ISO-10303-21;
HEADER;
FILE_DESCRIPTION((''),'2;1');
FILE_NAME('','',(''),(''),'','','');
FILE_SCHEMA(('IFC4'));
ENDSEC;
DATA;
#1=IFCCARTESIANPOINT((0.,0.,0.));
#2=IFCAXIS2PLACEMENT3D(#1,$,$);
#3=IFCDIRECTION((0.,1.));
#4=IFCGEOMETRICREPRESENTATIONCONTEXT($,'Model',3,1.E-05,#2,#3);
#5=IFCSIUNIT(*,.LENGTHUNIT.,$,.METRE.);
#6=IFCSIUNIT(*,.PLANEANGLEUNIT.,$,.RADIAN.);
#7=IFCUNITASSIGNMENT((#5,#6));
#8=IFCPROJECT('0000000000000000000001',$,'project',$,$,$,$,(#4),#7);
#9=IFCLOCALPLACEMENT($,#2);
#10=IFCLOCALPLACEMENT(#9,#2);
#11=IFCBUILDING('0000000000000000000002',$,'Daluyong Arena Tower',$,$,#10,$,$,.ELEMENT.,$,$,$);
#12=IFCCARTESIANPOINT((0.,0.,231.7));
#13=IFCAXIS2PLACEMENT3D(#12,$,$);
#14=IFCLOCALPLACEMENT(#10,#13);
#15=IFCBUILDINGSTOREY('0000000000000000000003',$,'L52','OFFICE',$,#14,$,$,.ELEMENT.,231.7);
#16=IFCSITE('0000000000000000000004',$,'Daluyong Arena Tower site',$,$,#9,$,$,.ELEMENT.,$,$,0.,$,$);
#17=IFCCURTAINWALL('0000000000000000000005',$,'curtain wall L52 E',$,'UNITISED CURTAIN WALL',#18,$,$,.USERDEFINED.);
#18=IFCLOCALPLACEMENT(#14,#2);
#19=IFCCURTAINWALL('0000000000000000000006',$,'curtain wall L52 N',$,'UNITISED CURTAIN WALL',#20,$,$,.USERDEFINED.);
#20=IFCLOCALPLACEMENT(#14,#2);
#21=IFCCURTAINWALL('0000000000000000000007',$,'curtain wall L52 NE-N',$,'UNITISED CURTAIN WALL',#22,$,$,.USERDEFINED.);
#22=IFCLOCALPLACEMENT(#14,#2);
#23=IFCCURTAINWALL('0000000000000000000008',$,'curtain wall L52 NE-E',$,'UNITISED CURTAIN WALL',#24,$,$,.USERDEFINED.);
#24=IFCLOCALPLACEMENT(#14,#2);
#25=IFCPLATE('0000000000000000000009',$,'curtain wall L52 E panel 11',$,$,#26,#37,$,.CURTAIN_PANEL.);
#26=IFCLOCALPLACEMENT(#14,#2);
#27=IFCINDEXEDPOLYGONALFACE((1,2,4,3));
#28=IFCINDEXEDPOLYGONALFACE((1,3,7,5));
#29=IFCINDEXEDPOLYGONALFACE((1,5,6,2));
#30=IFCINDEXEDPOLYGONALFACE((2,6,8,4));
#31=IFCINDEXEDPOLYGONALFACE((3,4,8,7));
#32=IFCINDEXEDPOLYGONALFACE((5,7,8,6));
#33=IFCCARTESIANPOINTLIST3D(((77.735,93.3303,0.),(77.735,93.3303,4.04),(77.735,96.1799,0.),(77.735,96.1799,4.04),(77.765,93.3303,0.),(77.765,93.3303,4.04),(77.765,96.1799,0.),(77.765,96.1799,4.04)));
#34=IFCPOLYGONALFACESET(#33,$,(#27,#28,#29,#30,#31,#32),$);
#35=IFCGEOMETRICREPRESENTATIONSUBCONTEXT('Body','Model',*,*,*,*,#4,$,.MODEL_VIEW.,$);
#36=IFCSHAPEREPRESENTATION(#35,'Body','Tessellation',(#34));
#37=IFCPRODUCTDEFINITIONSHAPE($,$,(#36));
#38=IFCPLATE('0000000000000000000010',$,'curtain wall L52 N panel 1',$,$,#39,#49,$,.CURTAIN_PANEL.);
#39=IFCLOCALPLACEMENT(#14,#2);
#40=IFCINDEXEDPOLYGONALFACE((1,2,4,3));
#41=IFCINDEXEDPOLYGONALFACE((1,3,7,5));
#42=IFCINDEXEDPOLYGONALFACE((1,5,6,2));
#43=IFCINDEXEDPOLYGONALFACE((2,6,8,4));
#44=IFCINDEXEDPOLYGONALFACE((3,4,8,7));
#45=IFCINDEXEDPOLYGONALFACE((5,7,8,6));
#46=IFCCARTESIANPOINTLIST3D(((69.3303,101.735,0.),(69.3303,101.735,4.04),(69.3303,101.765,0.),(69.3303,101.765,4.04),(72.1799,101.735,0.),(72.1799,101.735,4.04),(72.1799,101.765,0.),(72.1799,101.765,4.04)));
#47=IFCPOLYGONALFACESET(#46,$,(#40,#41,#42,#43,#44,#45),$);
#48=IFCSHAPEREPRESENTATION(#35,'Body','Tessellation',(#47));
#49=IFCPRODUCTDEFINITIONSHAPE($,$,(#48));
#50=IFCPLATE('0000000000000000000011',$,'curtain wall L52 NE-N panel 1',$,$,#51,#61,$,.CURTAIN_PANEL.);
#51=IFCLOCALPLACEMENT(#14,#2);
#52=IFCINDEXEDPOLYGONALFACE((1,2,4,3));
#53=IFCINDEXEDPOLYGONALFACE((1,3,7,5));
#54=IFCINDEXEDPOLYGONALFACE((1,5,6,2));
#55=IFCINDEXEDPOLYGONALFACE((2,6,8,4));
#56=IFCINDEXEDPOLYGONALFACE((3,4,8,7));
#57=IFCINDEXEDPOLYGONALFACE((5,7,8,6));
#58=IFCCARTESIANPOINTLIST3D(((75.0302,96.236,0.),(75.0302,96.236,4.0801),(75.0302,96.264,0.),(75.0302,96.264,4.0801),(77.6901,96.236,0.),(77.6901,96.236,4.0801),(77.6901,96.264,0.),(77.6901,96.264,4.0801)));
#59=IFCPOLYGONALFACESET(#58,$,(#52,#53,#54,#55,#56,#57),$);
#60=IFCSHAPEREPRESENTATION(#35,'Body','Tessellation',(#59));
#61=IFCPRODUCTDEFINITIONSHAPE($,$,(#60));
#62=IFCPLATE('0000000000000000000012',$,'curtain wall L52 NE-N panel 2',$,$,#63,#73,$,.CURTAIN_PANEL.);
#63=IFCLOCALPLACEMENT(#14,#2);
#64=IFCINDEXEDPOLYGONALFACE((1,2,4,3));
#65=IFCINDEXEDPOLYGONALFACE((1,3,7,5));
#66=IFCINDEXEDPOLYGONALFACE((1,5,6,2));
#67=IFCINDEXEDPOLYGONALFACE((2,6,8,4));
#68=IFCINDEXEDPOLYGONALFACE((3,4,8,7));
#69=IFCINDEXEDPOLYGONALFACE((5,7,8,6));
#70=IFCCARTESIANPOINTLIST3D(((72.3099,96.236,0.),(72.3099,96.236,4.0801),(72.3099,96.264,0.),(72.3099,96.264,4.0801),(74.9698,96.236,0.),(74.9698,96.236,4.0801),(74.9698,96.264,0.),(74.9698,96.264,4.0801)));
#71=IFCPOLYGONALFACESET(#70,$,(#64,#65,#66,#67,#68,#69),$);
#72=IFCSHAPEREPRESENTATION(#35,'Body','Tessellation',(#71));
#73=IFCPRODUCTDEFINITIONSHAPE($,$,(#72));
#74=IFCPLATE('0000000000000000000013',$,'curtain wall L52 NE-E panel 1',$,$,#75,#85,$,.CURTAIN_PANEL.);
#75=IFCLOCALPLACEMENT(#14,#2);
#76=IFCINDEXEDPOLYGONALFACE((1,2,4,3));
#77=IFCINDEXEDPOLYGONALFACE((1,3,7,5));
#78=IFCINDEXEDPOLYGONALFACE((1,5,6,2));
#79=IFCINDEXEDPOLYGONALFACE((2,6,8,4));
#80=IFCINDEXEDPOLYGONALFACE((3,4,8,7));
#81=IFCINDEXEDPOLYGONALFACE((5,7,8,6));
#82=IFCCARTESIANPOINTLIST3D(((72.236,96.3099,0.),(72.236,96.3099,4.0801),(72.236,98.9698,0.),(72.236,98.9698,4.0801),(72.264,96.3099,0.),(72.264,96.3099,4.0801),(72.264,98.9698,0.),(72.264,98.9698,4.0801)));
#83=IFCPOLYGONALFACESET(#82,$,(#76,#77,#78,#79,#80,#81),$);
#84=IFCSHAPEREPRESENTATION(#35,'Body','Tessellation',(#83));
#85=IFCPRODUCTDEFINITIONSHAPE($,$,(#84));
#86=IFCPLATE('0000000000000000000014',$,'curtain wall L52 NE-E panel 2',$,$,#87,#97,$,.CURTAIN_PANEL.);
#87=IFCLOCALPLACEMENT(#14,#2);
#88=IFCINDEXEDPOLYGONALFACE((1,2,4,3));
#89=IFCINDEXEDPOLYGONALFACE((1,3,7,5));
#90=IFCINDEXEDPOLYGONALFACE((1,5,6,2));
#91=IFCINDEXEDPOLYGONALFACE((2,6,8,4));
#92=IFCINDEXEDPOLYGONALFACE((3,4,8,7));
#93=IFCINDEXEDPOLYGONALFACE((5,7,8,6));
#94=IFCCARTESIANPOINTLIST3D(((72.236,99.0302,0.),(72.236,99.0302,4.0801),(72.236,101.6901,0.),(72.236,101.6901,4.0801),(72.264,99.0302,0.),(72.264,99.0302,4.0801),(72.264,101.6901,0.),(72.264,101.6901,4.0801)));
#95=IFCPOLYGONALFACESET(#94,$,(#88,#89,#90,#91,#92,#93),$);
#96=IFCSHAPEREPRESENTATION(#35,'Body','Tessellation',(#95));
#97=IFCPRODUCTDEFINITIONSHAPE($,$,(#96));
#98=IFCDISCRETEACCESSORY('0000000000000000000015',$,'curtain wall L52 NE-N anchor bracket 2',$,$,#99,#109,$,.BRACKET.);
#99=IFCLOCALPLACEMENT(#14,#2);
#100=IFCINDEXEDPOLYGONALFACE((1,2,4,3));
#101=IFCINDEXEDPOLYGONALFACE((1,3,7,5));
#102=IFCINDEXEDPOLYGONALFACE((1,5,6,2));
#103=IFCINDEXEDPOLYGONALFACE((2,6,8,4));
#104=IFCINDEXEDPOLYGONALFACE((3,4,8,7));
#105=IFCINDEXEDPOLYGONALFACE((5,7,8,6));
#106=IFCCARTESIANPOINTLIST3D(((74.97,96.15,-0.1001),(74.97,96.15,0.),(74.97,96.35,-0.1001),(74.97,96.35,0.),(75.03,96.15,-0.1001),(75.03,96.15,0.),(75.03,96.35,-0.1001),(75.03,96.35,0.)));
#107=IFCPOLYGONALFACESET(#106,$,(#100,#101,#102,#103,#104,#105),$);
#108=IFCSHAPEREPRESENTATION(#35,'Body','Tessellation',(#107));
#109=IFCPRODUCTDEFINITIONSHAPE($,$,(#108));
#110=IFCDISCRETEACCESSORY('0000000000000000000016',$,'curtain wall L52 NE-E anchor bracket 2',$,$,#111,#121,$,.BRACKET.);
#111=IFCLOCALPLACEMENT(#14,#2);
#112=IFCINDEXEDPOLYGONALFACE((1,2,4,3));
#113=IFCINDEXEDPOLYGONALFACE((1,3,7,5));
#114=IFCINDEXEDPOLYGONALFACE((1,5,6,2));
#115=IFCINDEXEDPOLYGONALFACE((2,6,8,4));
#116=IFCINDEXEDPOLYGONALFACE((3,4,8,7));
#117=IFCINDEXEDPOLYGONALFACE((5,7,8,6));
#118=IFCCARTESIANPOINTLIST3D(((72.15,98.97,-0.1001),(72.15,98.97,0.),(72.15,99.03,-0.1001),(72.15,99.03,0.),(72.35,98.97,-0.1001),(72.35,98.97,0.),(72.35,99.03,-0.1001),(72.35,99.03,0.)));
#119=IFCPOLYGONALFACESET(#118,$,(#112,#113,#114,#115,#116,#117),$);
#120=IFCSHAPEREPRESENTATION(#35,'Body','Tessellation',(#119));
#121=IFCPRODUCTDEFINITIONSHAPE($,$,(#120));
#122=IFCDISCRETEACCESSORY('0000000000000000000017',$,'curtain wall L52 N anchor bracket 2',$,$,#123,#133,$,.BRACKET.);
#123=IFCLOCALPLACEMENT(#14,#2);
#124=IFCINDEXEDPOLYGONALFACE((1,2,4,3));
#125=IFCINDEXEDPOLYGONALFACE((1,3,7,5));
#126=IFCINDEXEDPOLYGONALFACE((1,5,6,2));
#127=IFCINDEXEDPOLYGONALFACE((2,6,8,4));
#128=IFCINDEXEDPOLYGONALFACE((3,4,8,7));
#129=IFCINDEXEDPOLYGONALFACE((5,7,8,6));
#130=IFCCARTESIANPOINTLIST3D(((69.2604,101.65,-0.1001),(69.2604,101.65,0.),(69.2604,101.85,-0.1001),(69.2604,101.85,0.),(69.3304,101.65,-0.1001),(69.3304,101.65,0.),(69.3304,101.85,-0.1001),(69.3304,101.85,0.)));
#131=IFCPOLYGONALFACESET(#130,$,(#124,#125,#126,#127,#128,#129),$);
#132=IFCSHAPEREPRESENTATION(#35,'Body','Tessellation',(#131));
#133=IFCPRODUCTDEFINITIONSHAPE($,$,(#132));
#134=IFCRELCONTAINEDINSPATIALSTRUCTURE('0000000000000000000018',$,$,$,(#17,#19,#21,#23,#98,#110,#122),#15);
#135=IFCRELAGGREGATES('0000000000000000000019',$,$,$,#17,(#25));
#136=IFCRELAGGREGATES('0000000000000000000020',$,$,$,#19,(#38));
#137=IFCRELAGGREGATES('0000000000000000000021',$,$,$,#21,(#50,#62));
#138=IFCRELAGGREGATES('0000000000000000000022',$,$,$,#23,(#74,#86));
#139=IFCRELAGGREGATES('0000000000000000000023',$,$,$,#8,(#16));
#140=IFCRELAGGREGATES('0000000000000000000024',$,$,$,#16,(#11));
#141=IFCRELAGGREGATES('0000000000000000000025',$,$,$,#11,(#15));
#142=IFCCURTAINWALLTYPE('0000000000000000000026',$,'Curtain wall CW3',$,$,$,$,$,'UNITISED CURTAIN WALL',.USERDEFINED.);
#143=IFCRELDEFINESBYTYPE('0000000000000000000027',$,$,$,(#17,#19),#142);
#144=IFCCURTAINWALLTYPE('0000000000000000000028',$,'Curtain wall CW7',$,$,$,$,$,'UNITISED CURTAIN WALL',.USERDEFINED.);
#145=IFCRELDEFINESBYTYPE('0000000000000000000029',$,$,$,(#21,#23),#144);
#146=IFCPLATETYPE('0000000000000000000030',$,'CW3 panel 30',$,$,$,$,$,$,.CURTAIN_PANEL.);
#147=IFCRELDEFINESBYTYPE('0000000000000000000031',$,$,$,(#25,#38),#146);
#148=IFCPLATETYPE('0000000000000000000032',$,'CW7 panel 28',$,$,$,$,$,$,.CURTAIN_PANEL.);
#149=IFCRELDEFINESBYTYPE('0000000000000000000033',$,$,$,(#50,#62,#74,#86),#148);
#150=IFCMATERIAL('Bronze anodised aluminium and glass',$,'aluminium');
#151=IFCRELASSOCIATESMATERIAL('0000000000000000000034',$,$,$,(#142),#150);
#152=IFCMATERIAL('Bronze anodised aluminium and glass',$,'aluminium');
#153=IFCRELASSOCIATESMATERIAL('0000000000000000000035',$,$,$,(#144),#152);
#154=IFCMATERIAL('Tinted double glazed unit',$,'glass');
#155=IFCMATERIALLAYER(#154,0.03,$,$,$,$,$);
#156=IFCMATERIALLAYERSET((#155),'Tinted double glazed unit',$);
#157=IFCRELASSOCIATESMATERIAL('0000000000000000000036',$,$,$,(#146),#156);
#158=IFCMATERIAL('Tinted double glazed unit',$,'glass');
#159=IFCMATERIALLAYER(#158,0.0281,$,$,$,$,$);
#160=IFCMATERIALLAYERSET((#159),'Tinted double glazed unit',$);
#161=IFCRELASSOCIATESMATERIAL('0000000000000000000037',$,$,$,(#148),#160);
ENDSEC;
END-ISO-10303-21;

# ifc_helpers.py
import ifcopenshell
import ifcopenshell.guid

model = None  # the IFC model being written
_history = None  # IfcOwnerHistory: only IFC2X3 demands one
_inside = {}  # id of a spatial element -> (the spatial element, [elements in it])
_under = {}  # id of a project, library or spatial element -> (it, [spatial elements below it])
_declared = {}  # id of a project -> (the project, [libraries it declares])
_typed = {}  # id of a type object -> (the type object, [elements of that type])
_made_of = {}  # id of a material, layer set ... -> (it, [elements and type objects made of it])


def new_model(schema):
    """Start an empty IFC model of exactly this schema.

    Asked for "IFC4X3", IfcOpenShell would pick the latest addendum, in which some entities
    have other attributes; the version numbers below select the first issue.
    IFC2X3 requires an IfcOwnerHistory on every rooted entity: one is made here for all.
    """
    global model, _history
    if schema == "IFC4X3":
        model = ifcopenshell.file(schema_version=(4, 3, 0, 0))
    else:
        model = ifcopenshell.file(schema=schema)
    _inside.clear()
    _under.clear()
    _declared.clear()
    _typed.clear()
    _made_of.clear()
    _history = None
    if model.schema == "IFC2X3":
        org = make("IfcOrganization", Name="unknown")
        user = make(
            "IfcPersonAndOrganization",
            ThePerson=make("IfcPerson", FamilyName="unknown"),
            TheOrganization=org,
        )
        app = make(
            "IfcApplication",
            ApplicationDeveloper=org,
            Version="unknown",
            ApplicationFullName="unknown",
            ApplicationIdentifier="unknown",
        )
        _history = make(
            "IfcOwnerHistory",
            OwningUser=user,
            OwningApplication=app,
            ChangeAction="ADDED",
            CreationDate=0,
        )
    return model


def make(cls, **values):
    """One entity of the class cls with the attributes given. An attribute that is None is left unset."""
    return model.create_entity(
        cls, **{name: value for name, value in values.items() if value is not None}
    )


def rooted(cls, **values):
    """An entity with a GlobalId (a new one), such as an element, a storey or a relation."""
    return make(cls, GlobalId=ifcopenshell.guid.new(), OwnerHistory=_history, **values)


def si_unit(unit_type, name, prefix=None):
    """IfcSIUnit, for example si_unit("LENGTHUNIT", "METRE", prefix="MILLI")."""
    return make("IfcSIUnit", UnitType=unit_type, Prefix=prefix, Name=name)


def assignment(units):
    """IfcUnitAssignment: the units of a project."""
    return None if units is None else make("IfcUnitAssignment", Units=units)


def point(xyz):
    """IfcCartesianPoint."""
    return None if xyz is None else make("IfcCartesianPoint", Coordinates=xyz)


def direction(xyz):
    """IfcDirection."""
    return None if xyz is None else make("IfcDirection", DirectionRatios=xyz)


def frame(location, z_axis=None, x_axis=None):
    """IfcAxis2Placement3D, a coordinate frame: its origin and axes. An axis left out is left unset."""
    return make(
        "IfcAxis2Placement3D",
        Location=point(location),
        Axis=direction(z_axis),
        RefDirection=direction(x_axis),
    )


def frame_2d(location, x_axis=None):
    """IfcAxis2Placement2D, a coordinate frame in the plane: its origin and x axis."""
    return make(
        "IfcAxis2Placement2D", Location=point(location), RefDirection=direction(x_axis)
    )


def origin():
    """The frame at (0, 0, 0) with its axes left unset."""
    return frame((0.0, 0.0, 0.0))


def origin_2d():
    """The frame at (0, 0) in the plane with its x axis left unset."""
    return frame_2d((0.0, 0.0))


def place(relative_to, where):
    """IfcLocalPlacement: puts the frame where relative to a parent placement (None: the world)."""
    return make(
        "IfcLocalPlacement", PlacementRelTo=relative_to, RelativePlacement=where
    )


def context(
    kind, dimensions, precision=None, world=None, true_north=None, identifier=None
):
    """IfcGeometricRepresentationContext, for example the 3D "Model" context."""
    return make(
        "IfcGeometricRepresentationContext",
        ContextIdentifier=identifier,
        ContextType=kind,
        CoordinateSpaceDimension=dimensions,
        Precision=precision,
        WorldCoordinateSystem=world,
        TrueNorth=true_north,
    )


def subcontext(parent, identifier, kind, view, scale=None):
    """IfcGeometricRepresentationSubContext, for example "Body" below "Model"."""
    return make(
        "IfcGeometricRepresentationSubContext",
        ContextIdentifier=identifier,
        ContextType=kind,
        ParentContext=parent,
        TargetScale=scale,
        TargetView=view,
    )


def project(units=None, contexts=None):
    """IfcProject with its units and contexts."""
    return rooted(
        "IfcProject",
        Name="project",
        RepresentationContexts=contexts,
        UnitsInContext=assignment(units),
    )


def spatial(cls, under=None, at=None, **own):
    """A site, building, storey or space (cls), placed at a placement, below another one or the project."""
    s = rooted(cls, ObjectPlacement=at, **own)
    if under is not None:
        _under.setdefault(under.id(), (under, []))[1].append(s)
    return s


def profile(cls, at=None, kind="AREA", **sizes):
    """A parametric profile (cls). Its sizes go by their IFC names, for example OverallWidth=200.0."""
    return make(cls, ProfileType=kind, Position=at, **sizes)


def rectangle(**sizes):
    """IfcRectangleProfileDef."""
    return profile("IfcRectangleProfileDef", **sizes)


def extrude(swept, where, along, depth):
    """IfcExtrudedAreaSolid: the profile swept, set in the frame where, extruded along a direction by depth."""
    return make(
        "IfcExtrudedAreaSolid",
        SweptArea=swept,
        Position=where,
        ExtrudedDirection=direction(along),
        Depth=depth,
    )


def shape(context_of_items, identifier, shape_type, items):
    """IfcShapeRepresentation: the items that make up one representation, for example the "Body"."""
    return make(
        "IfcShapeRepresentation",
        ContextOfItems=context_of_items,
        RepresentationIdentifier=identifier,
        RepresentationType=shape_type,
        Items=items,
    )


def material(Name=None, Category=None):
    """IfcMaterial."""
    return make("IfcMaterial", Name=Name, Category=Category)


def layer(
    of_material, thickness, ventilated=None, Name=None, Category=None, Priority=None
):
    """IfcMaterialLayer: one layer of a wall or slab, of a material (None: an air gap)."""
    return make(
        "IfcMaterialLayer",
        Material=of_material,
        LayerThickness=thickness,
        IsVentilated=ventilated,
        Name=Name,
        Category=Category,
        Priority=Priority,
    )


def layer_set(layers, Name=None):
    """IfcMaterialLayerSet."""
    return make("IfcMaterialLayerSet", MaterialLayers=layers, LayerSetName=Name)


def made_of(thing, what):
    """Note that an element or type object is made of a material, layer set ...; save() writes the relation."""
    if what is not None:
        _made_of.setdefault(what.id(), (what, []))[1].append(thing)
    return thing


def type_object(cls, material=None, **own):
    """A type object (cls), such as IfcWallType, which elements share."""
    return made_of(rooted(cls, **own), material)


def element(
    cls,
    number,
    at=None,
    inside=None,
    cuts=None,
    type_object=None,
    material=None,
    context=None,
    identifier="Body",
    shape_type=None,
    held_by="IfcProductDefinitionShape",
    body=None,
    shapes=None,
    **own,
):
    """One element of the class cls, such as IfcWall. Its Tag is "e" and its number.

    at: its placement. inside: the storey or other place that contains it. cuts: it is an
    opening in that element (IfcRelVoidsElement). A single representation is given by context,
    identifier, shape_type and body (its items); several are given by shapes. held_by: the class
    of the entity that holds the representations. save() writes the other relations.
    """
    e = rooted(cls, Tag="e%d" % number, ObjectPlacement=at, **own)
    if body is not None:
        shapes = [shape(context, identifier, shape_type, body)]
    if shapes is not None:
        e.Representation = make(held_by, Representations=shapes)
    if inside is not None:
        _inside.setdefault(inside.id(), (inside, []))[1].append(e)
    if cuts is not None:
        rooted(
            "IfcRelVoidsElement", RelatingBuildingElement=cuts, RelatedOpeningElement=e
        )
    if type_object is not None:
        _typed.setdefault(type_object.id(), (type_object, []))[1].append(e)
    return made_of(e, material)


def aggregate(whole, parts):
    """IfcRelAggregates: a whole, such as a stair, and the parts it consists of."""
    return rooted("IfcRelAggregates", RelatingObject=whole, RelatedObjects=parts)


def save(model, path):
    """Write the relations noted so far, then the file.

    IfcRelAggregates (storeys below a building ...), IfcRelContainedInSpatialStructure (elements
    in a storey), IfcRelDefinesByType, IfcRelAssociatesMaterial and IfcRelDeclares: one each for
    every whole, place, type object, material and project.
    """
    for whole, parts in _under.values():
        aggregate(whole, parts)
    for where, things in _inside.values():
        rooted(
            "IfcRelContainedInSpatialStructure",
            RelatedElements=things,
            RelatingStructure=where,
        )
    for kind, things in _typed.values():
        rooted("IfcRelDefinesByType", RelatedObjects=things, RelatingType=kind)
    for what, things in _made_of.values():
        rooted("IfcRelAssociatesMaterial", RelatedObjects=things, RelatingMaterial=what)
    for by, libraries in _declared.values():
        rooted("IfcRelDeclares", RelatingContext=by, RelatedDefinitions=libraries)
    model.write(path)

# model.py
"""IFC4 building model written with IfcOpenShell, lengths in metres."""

from ifc_helpers import new_model, si_unit, direction, frame, origin, origin_2d, place, context, subcontext, project, spatial, rectangle, extrude, material, layer, layer_set, type_object, element, aggregate, save


model = new_model("IFC4")

# Units and contexts
model_context = context("Model", 3, precision=1e-05, world=origin(), true_north=direction((0.0, 1.0)))
body_context = subcontext(model_context, "Body", "Model", "MODEL_VIEW")
ifc_project = project(units=[si_unit("LENGTHUNIT", "METRE"), si_unit("PLANEANGLEUNIT", "RADIAN")], contexts=[model_context])

# Site, building, storey
site_placement = place(None, origin())
site = spatial("IfcSite", under=ifc_project, at=site_placement, Name="Daluyong Arena Tower site", CompositionType="ELEMENT", RefElevation=0.0)
building_placement = place(site_placement, origin())
building = spatial("IfcBuilding", under=site, at=building_placement, Name="Daluyong Arena Tower", CompositionType="ELEMENT")
storey_placement = place(building_placement, frame((0.0, 0.0, 231.7)))
storey = spatial("IfcBuildingStorey", under=building, at=storey_placement, Name="L52", Description="OFFICE", CompositionType="ELEMENT", Elevation=231.7)

# Curtain wall
ifc_material_1 = material(Name="Bronze anodised aluminium and glass", Category="aluminium")
curtain_wall_type_1 = type_object("IfcCurtainWallType", Name="Curtain wall CW3", ElementType="UNITISED CURTAIN WALL", PredefinedType="USERDEFINED", material=ifc_material_1)
curtain_wall_1_placement = place(storey_placement, origin())
curtain_wall_1 = element("IfcCurtainWall", 1, at=curtain_wall_1_placement, inside=storey, type_object=curtain_wall_type_1, Name="curtain wall L52 E", ObjectType="UNITISED CURTAIN WALL", PredefinedType="USERDEFINED")

# Curtain walls
curtain_wall_2_placement = place(storey_placement, origin())
curtain_wall_2 = element("IfcCurtainWall", 2, at=curtain_wall_2_placement, inside=storey, type_object=curtain_wall_type_1, Name="curtain wall L52 N", ObjectType="UNITISED CURTAIN WALL", PredefinedType="USERDEFINED")
ifc_material_2 = material(Name="Bronze anodised aluminium and glass", Category="aluminium")
curtain_wall_type_2 = type_object("IfcCurtainWallType", Name="Curtain wall CW7", ElementType="UNITISED CURTAIN WALL", PredefinedType="USERDEFINED", material=ifc_material_2)
curtain_wall_3_placement = place(storey_placement, origin())
curtain_wall_3 = element("IfcCurtainWall", 3, at=curtain_wall_3_placement, inside=storey, type_object=curtain_wall_type_2, Name="curtain wall L52 NE-N", ObjectType="UNITISED CURTAIN WALL", PredefinedType="USERDEFINED")
curtain_wall_4_placement = place(storey_placement, origin())
curtain_wall_4 = element("IfcCurtainWall", 4, at=curtain_wall_4_placement, inside=storey, type_object=curtain_wall_type_2, Name="curtain wall L52 NE-E", ObjectType="UNITISED CURTAIN WALL", PredefinedType="USERDEFINED")

# Plates
ifc_material_3 = material(Name="Tinted double glazed unit", Category="glass")
ifc_layer_1 = layer(ifc_material_3, 0.03)
ifc_layer_set_1 = layer_set([ifc_layer_1], Name="Tinted double glazed unit")
plate_type_1 = type_object("IfcPlateType", Name="CW3 panel 30", PredefinedType="CURTAIN_PANEL", material=ifc_layer_set_1)
plate_1_placement = place(storey_placement, frame((77.75, 94.7551, 0.0), z_axis=(0.0, 0.0, 1.0), x_axis=(0.0, 1.0, 0.0)))
plate_1 = element("IfcPlate", 5, at=plate_1_placement, type_object=plate_type_1, Name="curtain wall L52 E panel 11", PredefinedType="CURTAIN_PANEL", context=body_context, shape_type="SweptSolid", body=[
    extrude(rectangle(XDim=2.8496, YDim=0.03, at=origin_2d()), origin(), (0.0, 0.0, 1.0), 4.04),
])
aggregate(curtain_wall_1, [plate_1])
plate_2_placement = place(storey_placement, frame((70.7551, 101.75, 0.0), z_axis=(0.0, 0.0, 1.0), x_axis=(-1.0, 0.0, 0.0)))
plate_2 = element("IfcPlate", 6, at=plate_2_placement, type_object=plate_type_1, Name="curtain wall L52 N panel 1", PredefinedType="CURTAIN_PANEL", context=body_context, shape_type="SweptSolid", body=[
    extrude(rectangle(XDim=2.8496, YDim=0.03, at=origin_2d()), origin(), (0.0, 0.0, 1.0), 4.04),
])
aggregate(curtain_wall_2, [plate_2])
ifc_material_4 = material(Name="Tinted double glazed unit", Category="glass")
ifc_layer_2 = layer(ifc_material_4, 0.0281)
ifc_layer_set_2 = layer_set([ifc_layer_2], Name="Tinted double glazed unit")
plate_type_2 = type_object("IfcPlateType", Name="CW7 panel 28", PredefinedType="CURTAIN_PANEL", material=ifc_layer_set_2)
plate_3_placement = place(storey_placement, frame((76.3601, 96.25, 0.0), z_axis=(0.0, 0.0, 1.0), x_axis=(-1.0, 0.0, 0.0)))
plate_3 = element("IfcPlate", 7, at=plate_3_placement, type_object=plate_type_2, Name="curtain wall L52 NE-N panel 1", PredefinedType="CURTAIN_PANEL", context=body_context, shape_type="SweptSolid", body=[
    extrude(rectangle(XDim=2.6599, YDim=0.0281, at=origin_2d()), origin(), (0.0, 0.0, 1.0), 4.0801),
])
plate_4_placement = place(storey_placement, frame((73.6399, 96.25, 0.0), z_axis=(0.0, 0.0, 1.0), x_axis=(-1.0, 0.0, 0.0)))
plate_4 = element("IfcPlate", 8, at=plate_4_placement, type_object=plate_type_2, Name="curtain wall L52 NE-N panel 2", PredefinedType="CURTAIN_PANEL", context=body_context, shape_type="SweptSolid", body=[
    extrude(rectangle(XDim=2.6599, YDim=0.0281, at=origin_2d()), origin(), (0.0, 0.0, 1.0), 4.0801),
])
aggregate(curtain_wall_3, [plate_3, plate_4])
plate_5_placement = place(storey_placement, frame((72.25, 97.6399, 0.0), z_axis=(0.0, 0.0, 1.0), x_axis=(0.0, 1.0, 0.0)))
plate_5 = element("IfcPlate", 9, at=plate_5_placement, type_object=plate_type_2, Name="curtain wall L52 NE-E panel 1", PredefinedType="CURTAIN_PANEL", context=body_context, shape_type="SweptSolid", body=[
    extrude(rectangle(XDim=2.6599, YDim=0.0281, at=origin_2d()), origin(), (0.0, 0.0, 1.0), 4.0801),
])
plate_6_placement = place(storey_placement, frame((72.25, 100.3601, 0.0), z_axis=(0.0, 0.0, 1.0), x_axis=(0.0, 1.0, 0.0)))
plate_6 = element("IfcPlate", 10, at=plate_6_placement, type_object=plate_type_2, Name="curtain wall L52 NE-E panel 2", PredefinedType="CURTAIN_PANEL", context=body_context, shape_type="SweptSolid", body=[
    extrude(rectangle(XDim=2.6599, YDim=0.0281, at=origin_2d()), origin(), (0.0, 0.0, 1.0), 4.0801),
])
aggregate(curtain_wall_4, [plate_5, plate_6])

# Discrete accessories
for number, where, z_axis, x_axis, name in (
    (11, (75.0, 96.25, -0.1001), (0.0, 0.0, 1.0), (-1.0, 0.0, 0.0), "curtain wall L52 NE-N anchor bracket 2"),
    (12, (72.25, 99.0, -0.1001), (0.0, 0.0, 1.0), (0.0, 1.0, 0.0), "curtain wall L52 NE-E anchor bracket 2"),
):
    element("IfcDiscreteAccessory", number, at=place(storey_placement, frame(where, z_axis=z_axis, x_axis=x_axis)), inside=storey, Name=name, PredefinedType="BRACKET", context=body_context, shape_type="SweptSolid", body=[
        extrude(rectangle(XDim=0.0601, YDim=0.2, at=origin_2d()), origin(), (0.0, 0.0, 1.0), 0.1001),
    ])
discrete_accessory_placement = place(storey_placement, frame((69.2954, 101.75, -0.1001), z_axis=(0.0, 0.0, 1.0), x_axis=(-1.0, 0.0, 0.0)))
element("IfcDiscreteAccessory", 13, at=discrete_accessory_placement, inside=storey, Name="curtain wall L52 N anchor bracket 2", PredefinedType="BRACKET", context=body_context, shape_type="SweptSolid", body=[
    extrude(rectangle(XDim=0.0701, YDim=0.2, at=origin_2d()), origin(), (0.0, 0.0, 1.0), 0.1001),
])

save(model, "model.ifc")
